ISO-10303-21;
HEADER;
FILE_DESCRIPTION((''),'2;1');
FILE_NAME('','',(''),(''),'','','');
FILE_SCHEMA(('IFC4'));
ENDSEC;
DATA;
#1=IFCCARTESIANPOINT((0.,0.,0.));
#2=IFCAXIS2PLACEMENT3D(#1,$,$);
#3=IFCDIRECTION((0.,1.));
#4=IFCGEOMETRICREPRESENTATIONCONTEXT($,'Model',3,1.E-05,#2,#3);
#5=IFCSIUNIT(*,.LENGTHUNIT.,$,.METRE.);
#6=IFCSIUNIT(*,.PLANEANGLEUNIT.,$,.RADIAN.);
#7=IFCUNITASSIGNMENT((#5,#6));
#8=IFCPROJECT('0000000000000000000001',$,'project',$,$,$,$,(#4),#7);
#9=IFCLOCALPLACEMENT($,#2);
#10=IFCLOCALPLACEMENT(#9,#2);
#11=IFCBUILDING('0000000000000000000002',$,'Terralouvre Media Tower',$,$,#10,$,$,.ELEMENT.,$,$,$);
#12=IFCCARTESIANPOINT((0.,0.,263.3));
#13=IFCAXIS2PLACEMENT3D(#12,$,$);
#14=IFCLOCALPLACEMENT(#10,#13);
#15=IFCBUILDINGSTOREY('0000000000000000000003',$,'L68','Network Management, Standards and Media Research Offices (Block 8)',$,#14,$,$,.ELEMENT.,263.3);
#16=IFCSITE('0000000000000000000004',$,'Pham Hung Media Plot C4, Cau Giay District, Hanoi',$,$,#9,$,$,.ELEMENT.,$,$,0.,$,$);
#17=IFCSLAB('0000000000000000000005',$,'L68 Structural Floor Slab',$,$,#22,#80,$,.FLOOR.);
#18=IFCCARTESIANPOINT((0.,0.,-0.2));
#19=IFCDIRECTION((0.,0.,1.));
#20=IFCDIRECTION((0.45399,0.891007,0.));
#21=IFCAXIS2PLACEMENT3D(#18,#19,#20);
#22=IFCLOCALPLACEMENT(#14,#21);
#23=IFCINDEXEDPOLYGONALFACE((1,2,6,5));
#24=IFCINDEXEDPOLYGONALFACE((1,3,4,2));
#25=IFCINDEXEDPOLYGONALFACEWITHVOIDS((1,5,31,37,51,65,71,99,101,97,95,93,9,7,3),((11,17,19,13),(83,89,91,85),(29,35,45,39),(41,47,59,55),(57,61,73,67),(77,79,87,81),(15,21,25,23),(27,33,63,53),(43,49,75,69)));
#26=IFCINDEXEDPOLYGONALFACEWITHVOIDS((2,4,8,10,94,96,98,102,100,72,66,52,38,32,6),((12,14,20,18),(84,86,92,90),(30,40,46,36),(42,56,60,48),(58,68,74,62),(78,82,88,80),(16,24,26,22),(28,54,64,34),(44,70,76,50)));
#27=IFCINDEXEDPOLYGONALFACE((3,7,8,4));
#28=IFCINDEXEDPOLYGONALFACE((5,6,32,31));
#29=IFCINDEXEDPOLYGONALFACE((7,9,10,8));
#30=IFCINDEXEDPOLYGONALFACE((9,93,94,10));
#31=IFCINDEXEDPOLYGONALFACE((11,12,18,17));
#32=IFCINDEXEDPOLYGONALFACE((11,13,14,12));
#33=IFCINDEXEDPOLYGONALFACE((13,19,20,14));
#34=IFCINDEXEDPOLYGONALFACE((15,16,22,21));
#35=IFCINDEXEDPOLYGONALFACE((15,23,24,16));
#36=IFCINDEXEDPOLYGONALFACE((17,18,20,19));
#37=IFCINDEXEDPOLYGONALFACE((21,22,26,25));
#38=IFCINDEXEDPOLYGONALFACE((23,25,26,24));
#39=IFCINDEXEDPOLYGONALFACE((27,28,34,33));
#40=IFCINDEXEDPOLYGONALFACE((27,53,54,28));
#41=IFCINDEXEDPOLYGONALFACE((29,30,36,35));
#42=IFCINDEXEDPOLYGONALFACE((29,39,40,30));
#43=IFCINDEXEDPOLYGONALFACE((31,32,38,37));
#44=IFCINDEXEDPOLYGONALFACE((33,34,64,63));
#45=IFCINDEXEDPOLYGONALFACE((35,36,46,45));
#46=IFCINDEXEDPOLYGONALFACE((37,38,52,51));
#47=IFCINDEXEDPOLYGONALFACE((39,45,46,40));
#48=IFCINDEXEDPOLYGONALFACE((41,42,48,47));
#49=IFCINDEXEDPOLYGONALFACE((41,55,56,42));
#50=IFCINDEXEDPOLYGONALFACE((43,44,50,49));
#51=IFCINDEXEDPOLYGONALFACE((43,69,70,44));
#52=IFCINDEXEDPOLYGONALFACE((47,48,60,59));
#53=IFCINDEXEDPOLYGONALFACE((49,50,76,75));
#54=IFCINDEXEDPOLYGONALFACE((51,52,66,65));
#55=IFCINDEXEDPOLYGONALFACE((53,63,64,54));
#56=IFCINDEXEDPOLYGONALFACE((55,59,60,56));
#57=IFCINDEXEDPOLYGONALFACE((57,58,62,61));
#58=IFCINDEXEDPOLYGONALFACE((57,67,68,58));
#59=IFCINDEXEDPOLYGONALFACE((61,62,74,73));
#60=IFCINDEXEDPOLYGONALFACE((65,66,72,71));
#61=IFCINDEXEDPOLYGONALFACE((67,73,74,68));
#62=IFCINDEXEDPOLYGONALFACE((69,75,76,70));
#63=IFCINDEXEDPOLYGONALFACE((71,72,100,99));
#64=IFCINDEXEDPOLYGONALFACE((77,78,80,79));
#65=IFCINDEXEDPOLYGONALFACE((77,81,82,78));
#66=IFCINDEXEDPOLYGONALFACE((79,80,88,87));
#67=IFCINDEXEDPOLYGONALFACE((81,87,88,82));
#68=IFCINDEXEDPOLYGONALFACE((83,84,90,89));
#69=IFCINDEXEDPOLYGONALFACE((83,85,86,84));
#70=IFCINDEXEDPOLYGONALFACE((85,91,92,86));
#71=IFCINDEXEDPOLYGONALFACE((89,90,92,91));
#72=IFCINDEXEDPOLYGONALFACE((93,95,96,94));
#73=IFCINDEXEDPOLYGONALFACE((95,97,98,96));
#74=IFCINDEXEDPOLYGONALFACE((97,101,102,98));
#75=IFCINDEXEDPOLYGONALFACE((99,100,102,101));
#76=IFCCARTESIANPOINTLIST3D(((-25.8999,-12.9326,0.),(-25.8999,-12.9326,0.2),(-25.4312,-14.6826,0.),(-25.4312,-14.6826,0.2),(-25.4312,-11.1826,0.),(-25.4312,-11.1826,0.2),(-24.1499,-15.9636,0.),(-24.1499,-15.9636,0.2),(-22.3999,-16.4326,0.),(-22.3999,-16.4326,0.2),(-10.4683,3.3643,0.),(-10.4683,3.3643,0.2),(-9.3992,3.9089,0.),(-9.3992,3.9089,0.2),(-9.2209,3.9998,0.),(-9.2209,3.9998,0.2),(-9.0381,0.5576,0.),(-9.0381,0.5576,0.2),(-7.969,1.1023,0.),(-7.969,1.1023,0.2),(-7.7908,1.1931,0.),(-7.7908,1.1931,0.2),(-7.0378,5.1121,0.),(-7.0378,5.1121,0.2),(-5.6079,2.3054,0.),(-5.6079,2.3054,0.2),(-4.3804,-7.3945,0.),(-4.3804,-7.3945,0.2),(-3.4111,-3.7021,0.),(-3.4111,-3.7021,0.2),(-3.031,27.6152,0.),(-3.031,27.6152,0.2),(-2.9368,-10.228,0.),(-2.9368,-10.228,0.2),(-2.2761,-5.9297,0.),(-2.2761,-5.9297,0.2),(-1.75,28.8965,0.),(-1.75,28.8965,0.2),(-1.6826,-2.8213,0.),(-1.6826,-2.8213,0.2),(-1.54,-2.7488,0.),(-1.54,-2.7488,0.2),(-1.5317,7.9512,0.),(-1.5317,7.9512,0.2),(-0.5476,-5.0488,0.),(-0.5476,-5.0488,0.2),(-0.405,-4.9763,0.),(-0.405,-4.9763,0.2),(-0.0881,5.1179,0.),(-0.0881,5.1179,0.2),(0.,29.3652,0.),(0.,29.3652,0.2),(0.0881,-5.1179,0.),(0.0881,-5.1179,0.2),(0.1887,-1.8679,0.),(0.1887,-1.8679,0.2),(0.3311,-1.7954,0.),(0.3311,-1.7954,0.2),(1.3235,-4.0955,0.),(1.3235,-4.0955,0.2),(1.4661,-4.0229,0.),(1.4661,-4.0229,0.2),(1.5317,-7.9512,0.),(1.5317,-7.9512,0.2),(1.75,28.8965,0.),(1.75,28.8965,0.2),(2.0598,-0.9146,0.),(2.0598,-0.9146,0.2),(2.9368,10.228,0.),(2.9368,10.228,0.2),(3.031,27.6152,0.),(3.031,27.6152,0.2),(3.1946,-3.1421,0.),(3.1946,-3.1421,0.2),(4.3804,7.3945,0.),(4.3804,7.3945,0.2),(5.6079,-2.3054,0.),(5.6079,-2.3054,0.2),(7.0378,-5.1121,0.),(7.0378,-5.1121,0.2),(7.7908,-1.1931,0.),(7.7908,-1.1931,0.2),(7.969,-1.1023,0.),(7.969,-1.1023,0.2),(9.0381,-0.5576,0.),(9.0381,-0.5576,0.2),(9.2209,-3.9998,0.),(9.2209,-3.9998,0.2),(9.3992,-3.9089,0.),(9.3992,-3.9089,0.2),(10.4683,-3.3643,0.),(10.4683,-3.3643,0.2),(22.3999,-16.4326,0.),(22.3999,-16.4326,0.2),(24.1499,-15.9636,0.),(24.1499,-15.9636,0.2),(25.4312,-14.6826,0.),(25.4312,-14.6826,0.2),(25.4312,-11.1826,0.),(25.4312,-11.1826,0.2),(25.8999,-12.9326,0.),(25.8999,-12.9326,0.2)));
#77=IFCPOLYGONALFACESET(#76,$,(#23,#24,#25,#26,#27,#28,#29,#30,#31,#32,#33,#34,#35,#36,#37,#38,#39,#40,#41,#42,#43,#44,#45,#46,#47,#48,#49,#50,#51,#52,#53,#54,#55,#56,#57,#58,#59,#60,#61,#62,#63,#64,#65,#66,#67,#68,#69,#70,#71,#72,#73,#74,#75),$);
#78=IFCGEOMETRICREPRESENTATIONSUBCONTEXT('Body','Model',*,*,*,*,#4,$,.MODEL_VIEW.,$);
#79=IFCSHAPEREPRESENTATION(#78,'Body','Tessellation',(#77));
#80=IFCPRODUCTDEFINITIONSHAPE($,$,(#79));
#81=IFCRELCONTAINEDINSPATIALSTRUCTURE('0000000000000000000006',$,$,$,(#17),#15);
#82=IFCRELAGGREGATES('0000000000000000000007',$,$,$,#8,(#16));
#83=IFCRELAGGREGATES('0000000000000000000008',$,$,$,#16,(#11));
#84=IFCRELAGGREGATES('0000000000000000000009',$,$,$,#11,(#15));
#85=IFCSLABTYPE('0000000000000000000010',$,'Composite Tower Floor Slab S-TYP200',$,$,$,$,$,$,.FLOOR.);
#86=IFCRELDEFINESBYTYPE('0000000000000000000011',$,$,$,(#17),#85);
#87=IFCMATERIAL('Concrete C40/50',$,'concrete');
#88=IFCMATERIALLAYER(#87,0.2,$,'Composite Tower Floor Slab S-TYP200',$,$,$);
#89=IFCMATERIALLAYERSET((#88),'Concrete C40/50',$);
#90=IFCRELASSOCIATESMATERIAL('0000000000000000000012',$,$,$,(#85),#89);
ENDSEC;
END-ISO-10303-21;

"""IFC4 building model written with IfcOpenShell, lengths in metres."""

from ifc_helpers import new_model, si_unit, direction, frame, origin, place, context, subcontext, project, spatial, polyline, outline, extrude, material, layer, layer_set, type_object, element, save


model = new_model("IFC4")

# Units and contexts
model_context = context("Model", 3, precision=1e-05, world=origin(), true_north=direction((0.0, 1.0)))
body_context = subcontext(model_context, "Body", "Model", "MODEL_VIEW")
ifc_project = project(units=[si_unit("LENGTHUNIT", "METRE"), si_unit("PLANEANGLEUNIT", "RADIAN")], contexts=[model_context])

# Site, building, storey
site_placement = place(None, origin())
site = spatial("IfcSite", under=ifc_project, at=site_placement, Name="Pham Hung Media Plot C4, Cau Giay District, Hanoi", CompositionType="ELEMENT", RefElevation=0.0)
building_placement = place(site_placement, origin())
building = spatial("IfcBuilding", under=site, at=building_placement, Name="Terralouvre Media Tower", CompositionType="ELEMENT")
storey_placement = place(building_placement, frame((0.0, 0.0, 263.3)))
storey = spatial("IfcBuildingStorey", under=building, at=storey_placement, Name="L68", Description="Network Management, Standards and Media Research Offices (Block 8)", CompositionType="ELEMENT", Elevation=263.3)

# Slab
ifc_material_1 = material(Name="Concrete C40/50", Category="concrete")
ifc_layer_1 = layer(ifc_material_1, 0.2, Name="Composite Tower Floor Slab S-TYP200")
ifc_layer_set_1 = layer_set([ifc_layer_1], Name="Concrete C40/50")
slab_type = type_object("IfcSlabType", Name="Composite Tower Floor Slab S-TYP200", PredefinedType="FLOOR", material=ifc_layer_set_1)
slab_placement = place(storey_placement, frame((0.0, 0.0, -0.2), z_axis=(0.0, 0.0, 1.0), x_axis=(0.45399, 0.891007, 0.0)))
element("IfcSlab", 1, at=slab_placement, inside=storey, type_object=slab_type, Name="L68 Structural Floor Slab", PredefinedType="FLOOR", context=body_context, shape_type="SweptSolid", body=[
    extrude(outline(polyline([(-25.4312, -11.1826), (-25.8999, -12.9326), (-25.4312, -14.6826), (-24.1499, -15.9636), (-22.3999, -16.4326), (22.3999, -16.4326), (24.1499, -15.9636), (25.4312, -14.6826), (25.8999, -12.9326), (25.4312, -11.1826), (3.031, 27.6152), (1.75, 28.8965), (0.0, 29.3652), (-1.75, 28.8965), (-3.031, 27.6152), (-25.4312, -11.1826)]), holes=[polyline([(-7.969, 1.1023), (-9.0381, 0.5576), (-10.4683, 3.3643), (-9.3992, 3.9089), (-7.969, 1.1023)]), polyline([(-5.6079, 2.3054), (-7.7908, 1.1931), (-9.2209, 3.9998), (-7.0378, 5.1121), (-5.6079, 2.3054)]), polyline([(-4.3804, -7.3945), (0.0881, -5.1179), (1.5317, -7.9512), (-2.9368, -10.228), (-4.3804, -7.3945)]), polyline([(-0.5476, -5.0488), (-2.2761, -5.9297), (-3.4111, -3.7021), (-1.6826, -2.8213), (-0.5476, -5.0488)]), polyline([(1.3235, -4.0955), (-0.405, -4.9763), (-1.54, -2.7488), (0.1887, -1.8679), (1.3235, -4.0955)]), polyline([(3.1946, -3.1421), (1.4661, -4.0229), (0.3311, -1.7954), (2.0598, -0.9146), (3.1946, -3.1421)]), polyline([(4.3804, 7.3945), (-0.0881, 5.1179), (-1.5317, 7.9512), (2.9368, 10.228), (4.3804, 7.3945)]), polyline([(7.0378, -5.1121), (5.6079, -2.3054), (7.7908, -1.1931), (9.2209, -3.9998), (7.0378, -5.1121)]), polyline([(9.3992, -3.9089), (7.969, -1.1023), (9.0381, -0.5576), (10.4683, -3.3643), (9.3992, -3.9089)])]), origin(), (0.0, 0.0, 1.0), 0.2),
])

save(model, "model.ifc")
